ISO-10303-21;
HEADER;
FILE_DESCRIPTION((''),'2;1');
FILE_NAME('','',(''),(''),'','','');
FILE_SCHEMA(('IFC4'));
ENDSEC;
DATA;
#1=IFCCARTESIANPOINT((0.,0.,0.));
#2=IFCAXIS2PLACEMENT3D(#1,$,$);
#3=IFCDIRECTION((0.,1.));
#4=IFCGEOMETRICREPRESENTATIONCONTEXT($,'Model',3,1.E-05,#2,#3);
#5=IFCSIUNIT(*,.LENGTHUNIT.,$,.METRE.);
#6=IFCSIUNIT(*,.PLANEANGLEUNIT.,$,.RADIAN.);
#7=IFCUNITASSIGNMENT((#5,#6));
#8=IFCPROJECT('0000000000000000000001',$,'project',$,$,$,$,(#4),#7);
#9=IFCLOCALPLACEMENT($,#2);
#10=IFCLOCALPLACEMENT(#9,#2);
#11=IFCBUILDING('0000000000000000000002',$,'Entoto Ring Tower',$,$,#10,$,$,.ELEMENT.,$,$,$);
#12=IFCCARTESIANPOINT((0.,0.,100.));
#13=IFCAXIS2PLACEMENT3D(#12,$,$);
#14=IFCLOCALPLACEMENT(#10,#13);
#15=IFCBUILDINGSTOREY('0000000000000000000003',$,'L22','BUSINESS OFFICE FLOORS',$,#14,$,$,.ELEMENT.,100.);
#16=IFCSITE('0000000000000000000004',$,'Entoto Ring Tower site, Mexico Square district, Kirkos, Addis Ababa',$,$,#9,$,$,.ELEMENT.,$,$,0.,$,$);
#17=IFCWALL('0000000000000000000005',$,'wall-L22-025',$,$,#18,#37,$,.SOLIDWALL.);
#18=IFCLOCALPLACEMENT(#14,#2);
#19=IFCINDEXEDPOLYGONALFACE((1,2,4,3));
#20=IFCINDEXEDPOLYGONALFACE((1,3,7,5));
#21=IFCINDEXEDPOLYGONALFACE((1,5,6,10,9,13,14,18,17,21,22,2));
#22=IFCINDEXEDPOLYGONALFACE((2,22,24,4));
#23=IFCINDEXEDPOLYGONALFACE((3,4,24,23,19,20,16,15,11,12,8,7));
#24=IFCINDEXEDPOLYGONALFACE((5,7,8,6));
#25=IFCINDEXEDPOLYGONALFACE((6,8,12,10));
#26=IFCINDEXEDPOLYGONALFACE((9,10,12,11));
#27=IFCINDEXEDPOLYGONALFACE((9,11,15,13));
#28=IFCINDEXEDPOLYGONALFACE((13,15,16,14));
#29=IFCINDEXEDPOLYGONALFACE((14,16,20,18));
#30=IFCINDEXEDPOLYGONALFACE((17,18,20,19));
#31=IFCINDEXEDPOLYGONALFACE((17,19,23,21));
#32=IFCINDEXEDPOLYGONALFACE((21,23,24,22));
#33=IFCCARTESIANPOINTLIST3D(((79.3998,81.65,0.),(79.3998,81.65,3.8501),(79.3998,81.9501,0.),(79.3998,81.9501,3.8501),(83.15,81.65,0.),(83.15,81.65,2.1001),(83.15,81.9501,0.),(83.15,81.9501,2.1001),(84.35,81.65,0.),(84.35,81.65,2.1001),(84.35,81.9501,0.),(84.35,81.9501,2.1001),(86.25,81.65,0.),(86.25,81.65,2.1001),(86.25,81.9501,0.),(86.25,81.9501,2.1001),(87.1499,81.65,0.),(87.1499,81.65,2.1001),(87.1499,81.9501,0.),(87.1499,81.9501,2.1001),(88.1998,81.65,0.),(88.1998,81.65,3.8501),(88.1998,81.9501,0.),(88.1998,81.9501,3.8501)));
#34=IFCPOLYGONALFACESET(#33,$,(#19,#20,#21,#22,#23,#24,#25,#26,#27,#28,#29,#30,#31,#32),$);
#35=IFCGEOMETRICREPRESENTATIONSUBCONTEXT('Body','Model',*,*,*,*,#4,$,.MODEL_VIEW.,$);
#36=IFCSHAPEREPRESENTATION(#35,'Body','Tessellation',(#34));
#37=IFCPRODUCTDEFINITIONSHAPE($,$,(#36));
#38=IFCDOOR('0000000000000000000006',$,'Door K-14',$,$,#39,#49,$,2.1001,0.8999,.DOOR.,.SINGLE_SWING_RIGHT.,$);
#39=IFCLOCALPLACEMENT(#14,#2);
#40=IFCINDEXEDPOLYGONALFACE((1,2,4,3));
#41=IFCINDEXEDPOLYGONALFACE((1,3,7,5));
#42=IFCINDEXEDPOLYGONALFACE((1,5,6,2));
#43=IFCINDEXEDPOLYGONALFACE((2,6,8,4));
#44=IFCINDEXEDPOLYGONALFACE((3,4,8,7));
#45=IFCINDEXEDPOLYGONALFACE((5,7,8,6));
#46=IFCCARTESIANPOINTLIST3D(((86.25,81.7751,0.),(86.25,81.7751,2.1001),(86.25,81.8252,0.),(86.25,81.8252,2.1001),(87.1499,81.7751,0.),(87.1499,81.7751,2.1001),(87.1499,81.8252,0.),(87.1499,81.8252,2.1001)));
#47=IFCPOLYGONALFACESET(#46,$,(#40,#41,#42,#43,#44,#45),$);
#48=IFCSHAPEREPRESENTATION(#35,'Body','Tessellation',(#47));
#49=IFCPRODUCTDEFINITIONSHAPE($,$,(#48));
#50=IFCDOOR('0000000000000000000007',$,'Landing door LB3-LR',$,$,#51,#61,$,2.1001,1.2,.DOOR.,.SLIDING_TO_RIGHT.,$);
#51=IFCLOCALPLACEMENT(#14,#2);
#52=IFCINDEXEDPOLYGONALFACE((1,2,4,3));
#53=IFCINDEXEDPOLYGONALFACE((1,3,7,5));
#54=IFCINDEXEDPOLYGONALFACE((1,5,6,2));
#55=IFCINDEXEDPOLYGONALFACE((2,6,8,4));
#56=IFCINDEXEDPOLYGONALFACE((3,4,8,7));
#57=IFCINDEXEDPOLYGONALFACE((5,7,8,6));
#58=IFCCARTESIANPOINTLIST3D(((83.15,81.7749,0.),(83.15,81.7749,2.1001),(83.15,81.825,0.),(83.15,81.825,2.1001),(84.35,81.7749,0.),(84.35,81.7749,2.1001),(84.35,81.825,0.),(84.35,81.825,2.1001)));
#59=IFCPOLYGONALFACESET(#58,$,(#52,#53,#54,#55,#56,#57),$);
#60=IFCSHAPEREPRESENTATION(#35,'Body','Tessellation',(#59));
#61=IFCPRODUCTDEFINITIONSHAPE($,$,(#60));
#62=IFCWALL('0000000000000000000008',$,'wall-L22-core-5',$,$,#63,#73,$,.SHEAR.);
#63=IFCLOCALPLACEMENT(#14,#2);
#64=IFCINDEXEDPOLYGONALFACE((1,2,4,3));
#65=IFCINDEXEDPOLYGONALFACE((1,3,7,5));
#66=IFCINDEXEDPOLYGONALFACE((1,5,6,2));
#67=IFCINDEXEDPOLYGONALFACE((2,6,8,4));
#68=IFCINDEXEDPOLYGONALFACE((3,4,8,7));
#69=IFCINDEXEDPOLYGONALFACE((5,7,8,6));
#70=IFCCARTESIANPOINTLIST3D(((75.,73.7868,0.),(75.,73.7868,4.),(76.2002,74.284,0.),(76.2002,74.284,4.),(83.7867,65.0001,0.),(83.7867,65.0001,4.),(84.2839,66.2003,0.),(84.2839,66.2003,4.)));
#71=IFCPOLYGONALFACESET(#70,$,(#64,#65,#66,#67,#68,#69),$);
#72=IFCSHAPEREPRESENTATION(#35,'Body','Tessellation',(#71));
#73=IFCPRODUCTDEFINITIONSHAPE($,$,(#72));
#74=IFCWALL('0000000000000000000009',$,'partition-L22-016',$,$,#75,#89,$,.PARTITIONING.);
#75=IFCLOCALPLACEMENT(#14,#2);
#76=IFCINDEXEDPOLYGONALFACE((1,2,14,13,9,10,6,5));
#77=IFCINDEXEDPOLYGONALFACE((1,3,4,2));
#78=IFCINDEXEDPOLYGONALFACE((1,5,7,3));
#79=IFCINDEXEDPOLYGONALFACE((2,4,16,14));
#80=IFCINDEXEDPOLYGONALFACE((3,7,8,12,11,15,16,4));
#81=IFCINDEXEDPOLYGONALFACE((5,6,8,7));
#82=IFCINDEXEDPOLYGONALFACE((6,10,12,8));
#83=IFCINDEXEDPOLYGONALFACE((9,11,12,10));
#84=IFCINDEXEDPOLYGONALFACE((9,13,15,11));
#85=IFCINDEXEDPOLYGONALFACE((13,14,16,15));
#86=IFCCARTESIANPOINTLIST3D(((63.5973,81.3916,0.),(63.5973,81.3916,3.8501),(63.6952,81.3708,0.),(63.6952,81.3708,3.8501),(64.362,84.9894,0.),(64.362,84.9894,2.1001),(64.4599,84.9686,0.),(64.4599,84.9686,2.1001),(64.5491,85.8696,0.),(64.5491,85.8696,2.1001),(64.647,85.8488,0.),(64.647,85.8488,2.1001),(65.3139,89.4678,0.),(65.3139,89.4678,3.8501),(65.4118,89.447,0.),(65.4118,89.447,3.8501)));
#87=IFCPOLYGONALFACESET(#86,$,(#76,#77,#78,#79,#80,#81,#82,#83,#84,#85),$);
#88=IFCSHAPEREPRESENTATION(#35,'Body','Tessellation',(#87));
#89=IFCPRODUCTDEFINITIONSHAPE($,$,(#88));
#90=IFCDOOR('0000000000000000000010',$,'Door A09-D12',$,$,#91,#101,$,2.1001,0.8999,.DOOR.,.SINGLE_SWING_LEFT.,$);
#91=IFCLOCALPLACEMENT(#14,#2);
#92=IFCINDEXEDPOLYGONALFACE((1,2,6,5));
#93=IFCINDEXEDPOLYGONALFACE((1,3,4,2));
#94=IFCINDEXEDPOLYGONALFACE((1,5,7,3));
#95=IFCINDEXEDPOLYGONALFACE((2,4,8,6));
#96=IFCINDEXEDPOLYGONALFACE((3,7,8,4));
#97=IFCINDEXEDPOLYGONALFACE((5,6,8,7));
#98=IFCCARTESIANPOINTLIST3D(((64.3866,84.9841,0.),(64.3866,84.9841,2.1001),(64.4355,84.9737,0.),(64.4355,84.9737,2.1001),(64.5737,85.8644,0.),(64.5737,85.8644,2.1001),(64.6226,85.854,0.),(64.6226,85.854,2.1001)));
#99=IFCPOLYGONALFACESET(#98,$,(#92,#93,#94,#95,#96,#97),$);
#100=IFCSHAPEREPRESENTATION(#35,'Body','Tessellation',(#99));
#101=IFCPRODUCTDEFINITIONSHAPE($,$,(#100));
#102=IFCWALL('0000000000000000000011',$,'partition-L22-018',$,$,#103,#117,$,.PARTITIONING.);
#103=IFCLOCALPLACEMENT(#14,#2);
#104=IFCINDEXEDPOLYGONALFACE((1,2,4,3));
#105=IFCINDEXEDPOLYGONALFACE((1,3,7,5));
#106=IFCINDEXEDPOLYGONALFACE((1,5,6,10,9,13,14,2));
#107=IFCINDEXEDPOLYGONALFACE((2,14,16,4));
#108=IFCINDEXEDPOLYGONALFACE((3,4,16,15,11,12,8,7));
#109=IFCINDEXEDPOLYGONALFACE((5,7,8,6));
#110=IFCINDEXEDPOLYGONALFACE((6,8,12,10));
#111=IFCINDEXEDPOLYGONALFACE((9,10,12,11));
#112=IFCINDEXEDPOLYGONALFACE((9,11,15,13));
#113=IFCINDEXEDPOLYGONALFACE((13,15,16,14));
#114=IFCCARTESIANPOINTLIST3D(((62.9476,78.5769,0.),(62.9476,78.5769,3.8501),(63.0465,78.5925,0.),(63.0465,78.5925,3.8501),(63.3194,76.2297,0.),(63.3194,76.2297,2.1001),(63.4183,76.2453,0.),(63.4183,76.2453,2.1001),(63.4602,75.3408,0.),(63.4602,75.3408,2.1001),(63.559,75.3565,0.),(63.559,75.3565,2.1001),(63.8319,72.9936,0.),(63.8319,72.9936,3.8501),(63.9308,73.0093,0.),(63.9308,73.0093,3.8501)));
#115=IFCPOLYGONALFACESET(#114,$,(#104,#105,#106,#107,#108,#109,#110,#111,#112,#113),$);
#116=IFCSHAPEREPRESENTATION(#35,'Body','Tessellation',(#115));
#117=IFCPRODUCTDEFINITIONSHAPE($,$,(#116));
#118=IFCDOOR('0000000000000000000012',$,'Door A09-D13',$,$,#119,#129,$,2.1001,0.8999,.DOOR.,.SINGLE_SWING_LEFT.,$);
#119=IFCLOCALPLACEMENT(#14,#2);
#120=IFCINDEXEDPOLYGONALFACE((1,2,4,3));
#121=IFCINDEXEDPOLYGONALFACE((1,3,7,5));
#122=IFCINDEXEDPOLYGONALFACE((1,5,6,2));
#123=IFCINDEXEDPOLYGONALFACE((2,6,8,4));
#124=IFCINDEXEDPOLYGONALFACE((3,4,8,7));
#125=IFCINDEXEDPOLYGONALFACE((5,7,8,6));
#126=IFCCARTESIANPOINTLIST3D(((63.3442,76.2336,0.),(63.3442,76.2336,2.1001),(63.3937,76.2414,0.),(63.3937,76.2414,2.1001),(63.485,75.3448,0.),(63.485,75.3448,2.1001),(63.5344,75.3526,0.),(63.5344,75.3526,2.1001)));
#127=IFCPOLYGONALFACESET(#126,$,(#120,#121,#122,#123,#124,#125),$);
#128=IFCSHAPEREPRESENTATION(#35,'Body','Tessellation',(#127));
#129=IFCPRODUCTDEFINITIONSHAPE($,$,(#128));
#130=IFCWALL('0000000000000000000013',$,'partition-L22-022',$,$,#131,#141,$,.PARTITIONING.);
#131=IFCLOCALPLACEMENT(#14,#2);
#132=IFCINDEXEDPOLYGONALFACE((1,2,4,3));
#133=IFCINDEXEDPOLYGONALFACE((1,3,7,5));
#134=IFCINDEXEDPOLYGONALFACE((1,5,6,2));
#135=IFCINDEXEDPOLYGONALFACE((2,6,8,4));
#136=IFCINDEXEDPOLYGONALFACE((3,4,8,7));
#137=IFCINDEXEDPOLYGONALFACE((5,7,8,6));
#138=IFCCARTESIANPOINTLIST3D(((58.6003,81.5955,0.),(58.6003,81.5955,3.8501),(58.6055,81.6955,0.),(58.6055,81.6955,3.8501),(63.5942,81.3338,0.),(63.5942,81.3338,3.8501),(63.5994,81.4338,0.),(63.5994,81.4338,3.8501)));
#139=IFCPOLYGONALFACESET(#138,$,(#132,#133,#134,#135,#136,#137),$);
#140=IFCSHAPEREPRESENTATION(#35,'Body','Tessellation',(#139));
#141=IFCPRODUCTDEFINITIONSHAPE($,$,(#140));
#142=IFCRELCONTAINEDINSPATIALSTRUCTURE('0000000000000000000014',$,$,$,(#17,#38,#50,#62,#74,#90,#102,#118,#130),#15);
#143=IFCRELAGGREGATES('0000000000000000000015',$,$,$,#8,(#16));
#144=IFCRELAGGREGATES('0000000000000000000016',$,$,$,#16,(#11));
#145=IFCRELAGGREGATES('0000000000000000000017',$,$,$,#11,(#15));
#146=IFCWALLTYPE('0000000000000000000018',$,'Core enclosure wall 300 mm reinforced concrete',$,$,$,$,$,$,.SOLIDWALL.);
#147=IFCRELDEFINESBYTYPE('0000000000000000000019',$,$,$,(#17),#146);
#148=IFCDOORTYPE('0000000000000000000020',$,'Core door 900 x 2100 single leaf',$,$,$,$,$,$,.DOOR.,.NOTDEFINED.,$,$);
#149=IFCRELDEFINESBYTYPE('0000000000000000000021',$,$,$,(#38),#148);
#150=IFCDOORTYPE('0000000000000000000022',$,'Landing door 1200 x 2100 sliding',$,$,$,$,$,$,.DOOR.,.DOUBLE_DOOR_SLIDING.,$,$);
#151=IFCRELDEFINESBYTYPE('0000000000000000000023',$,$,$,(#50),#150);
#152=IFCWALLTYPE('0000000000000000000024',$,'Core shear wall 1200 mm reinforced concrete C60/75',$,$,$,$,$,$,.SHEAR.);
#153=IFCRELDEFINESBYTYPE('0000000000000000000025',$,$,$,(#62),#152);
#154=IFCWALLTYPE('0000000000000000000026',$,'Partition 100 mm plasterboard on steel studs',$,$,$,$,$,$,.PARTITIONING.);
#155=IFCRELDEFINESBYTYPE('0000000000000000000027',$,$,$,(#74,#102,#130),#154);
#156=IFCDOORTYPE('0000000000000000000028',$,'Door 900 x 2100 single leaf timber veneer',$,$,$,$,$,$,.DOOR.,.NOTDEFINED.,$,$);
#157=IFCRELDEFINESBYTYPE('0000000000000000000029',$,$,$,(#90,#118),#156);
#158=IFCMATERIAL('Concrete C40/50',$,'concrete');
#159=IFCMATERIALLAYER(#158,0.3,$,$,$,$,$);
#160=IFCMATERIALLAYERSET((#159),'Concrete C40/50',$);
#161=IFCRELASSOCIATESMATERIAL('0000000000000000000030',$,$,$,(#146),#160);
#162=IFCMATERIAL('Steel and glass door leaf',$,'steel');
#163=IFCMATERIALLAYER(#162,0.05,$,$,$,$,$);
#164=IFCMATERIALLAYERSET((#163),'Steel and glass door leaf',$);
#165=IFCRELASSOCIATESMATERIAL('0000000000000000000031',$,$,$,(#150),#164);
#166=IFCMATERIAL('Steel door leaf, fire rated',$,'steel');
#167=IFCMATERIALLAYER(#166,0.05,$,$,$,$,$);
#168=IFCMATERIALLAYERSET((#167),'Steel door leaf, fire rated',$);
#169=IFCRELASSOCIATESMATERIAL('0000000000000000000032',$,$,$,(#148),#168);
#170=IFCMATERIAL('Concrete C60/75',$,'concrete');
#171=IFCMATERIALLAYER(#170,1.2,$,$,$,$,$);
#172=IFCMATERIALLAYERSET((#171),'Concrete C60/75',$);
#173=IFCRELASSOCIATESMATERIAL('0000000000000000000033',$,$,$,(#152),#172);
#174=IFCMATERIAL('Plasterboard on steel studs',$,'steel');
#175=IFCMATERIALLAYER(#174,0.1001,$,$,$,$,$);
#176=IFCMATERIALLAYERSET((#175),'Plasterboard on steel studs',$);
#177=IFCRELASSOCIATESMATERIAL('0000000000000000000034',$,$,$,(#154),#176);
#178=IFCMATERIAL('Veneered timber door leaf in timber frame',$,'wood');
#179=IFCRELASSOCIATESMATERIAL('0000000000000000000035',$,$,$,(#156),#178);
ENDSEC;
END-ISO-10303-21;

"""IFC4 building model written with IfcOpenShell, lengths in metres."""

from ifc_helpers import new_model, si_unit, direction, frame, frame_2d, origin, place, context, subcontext, project, spatial, polyline, rectangle, outline, extrude, material, layer, layer_set, type_object, element, fill, save


model = new_model("IFC4")

# Units and contexts
model_context = context("Model", 3, precision=1e-05, world=origin(), true_north=direction((0.0, 1.0)))
body_context = subcontext(model_context, "Body", "Model", "MODEL_VIEW")
ifc_project = project(units=[si_unit("LENGTHUNIT", "METRE"), si_unit("PLANEANGLEUNIT", "RADIAN")], contexts=[model_context])

# Site, building, storey
site_placement = place(None, origin())
site = spatial("IfcSite", under=ifc_project, at=site_placement, Name="Entoto Ring Tower site, Mexico Square district, Kirkos, Addis Ababa", CompositionType="ELEMENT", RefElevation=0.0)
building_placement = place(site_placement, origin())
building = spatial("IfcBuilding", under=site, at=building_placement, Name="Entoto Ring Tower", CompositionType="ELEMENT")
storey_placement = place(building_placement, frame((0.0, 0.0, 100.0)))
storey = spatial("IfcBuildingStorey", under=building, at=storey_placement, Name="L22", Description="BUSINESS OFFICE FLOORS", CompositionType="ELEMENT", Elevation=100.0)

# Shared definitions
ifc_material_1 = material(Name="Concrete C40/50", Category="concrete")
ifc_layer_1 = layer(ifc_material_1, 0.3)
ifc_layer_set_1 = layer_set([ifc_layer_1], Name="Concrete C40/50")
wall_type_1 = type_object("IfcWallType", Name="Core enclosure wall 300 mm reinforced concrete", PredefinedType="SOLIDWALL", material=ifc_layer_set_1)

# Shared definitions
ifc_material_2 = material(Name="Steel and glass door leaf", Category="steel")
ifc_layer_2 = layer(ifc_material_2, 0.05)
ifc_layer_set_2 = layer_set([ifc_layer_2], Name="Steel and glass door leaf")
door_type_1 = type_object("IfcDoorType", Name="Landing door 1200 x 2100 sliding", OperationType="DOUBLE_DOOR_SLIDING", PredefinedType="DOOR", material=ifc_layer_set_2)

# Wall, openings, doors
wall_1_placement = place(storey_placement, frame((79.3999, 81.8, 0.0), z_axis=(0.0, 0.0, 1.0), x_axis=(1.0, 0.0, 0.0)))
wall_1 = element("IfcWall", 1, at=wall_1_placement, inside=storey, type_object=wall_type_1, Name="wall-L22-025", PredefinedType="SOLIDWALL", context=body_context, shape_type="SweptSolid", body=[
    extrude(rectangle(XDim=8.8, YDim=0.3, at=frame_2d((4.3999, 0.0))), origin(), (0.0, 0.0, 1.0), 3.8501),
])
opening_1_placement = place(wall_1_placement, frame((3.75, 0.0, 0.0)))
opening_1 = element("IfcOpeningElement", 2, at=opening_1_placement, cuts=wall_1, PredefinedType="OPENING", context=body_context, shape_type="SweptSolid", body=[
    extrude(rectangle(XDim=1.2, YDim=2.1001, at=frame_2d((0.6001, 1.05))), frame((0.0, 0.1602, 0.0), z_axis=(0.0, -1.0, 0.0), x_axis=(1.0, 0.0, 0.0)), (0.0, 0.0, 1.0), 0.3201),
])
opening_2_placement = place(wall_1_placement, frame((6.8501, 0.0, 0.0)))
opening_2 = element("IfcOpeningElement", 3, at=opening_2_placement, cuts=wall_1, PredefinedType="OPENING", context=body_context, shape_type="SweptSolid", body=[
    extrude(rectangle(XDim=0.8999, YDim=2.1001, at=frame_2d((0.45, 1.05))), frame((0.0, 0.1602, 0.0), z_axis=(0.0, -1.0, 0.0), x_axis=(1.0, 0.0, 0.0)), (0.0, 0.0, 1.0), 0.3201),
])
ifc_material_3 = material(Name="Steel door leaf, fire rated", Category="steel")
ifc_layer_3 = layer(ifc_material_3, 0.05)
ifc_layer_set_3 = layer_set([ifc_layer_3], Name="Steel door leaf, fire rated")
door_type_2 = type_object("IfcDoorType", Name="Core door 900 x 2100 single leaf", OperationType="NOTDEFINED", PredefinedType="DOOR", material=ifc_layer_set_3)
door_1_placement = place(opening_2_placement, frame((0.8999, 0.0, 0.0), z_axis=(0.0, 0.0, 1.0), x_axis=(-1.0, 0.0, 0.0)))
door_1 = element("IfcDoor", 4, at=door_1_placement, inside=storey, type_object=door_type_2, Name="Door K-14", OperationType="SINGLE_SWING_RIGHT", OverallHeight=2.1001, OverallWidth=0.8999, PredefinedType="DOOR", context=body_context, shape_type="SweptSolid", body=[
    extrude(rectangle(XDim=0.8999, YDim=2.1001, at=frame_2d((0.45, 1.05))), frame((0.0, 0.0249, 0.0), z_axis=(0.0, -1.0, 0.0), x_axis=(1.0, 0.0, 0.0)), (0.0, 0.0, 1.0), 0.05),
])
fill(opening_2, door_1)
door_2_placement = place(opening_1_placement, origin())
door_2 = element("IfcDoor", 5, at=door_2_placement, inside=storey, type_object=door_type_1, Name="Landing door LB3-LR", OperationType="SLIDING_TO_RIGHT", OverallHeight=2.1001, OverallWidth=1.2, PredefinedType="DOOR", context=body_context, shape_type="SweptSolid", body=[
    extrude(rectangle(XDim=1.2, YDim=2.1001, at=frame_2d((0.6001, 1.05))), frame((0.0, 0.0249, 0.0), z_axis=(0.0, -1.0, 0.0), x_axis=(1.0, 0.0, 0.0)), (0.0, 0.0, 1.0), 0.05),
])
fill(opening_1, door_2)

# Wall
ifc_material_4 = material(Name="Concrete C60/75", Category="concrete")
ifc_layer_4 = layer(ifc_material_4, 1.2)
ifc_layer_set_4 = layer_set([ifc_layer_4], Name="Concrete C60/75")
wall_type_2 = type_object("IfcWallType", Name="Core shear wall 1200 mm reinforced concrete C60/75", PredefinedType="SHEAR", material=ifc_layer_set_4)
wall_2_placement = place(storey_placement, frame((75.6001, 74.0354, 0.0), z_axis=(0.0, 0.0, 1.0), x_axis=(0.707107, -0.707107, 0.0)))
element("IfcWall", 6, at=wall_2_placement, inside=storey, type_object=wall_type_2, Name="wall-L22-core-5", PredefinedType="SHEAR", context=body_context, shape_type="SweptSolid", body=[
    extrude(outline(polyline([(-0.2485, -0.6001), (12.1777, -0.6001), (11.6807, 0.6001), (0.2485, 0.6001), (-0.2485, -0.6001)])), origin(), (0.0, 0.0, 1.0), 4.0),
])

# Walls, openings, doors
ifc_material_5 = material(Name="Plasterboard on steel studs", Category="steel")
ifc_layer_5 = layer(ifc_material_5, 0.1001)
ifc_layer_set_5 = layer_set([ifc_layer_5], Name="Plasterboard on steel studs")
wall_type_3 = type_object("IfcWallType", Name="Partition 100 mm plasterboard on steel studs", PredefinedType="PARTITIONING", material=ifc_layer_set_5)
wall_3_placement = place(storey_placement, frame((63.6462, 81.3811, 0.0), z_axis=(0.0, 0.0, 1.0), x_axis=(0.207901, 0.97815, 0.0)))
wall_3 = element("IfcWall", 7, at=wall_3_placement, inside=storey, type_object=wall_type_3, Name="partition-L22-016", PredefinedType="PARTITIONING", context=body_context, shape_type="SweptSolid", body=[
    extrude(rectangle(XDim=8.2566, YDim=0.1001, at=frame_2d((4.1284, 0.0))), origin(), (0.0, 0.0, 1.0), 3.8501),
])
opening_3_placement = place(wall_3_placement, frame((3.6782, 0.0, 0.0)))
opening_3 = element("IfcOpeningElement", 8, at=opening_3_placement, cuts=wall_3, PredefinedType="OPENING", context=body_context, shape_type="SweptSolid", body=[
    extrude(rectangle(XDim=0.8999, YDim=2.1001, at=frame_2d((0.45, 1.05))), frame((0.0, 0.0601, 0.0), z_axis=(0.0, -1.0, 0.0), x_axis=(1.0, 0.0, 0.0)), (0.0, 0.0, 1.0), 0.1201),
])
ifc_material_6 = material(Name="Veneered timber door leaf in timber frame", Category="wood")
door_type_3 = type_object("IfcDoorType", Name="Door 900 x 2100 single leaf timber veneer", OperationType="NOTDEFINED", PredefinedType="DOOR", material=ifc_material_6)
door_3_placement = place(opening_3_placement, origin())
door_3 = element("IfcDoor", 9, at=door_3_placement, inside=storey, type_object=door_type_3, Name="Door A09-D12", OperationType="SINGLE_SWING_LEFT", OverallHeight=2.1001, OverallWidth=0.8999, PredefinedType="DOOR", context=body_context, shape_type="SweptSolid", body=[
    extrude(rectangle(XDim=0.8999, YDim=2.1001, at=frame_2d((0.45, 1.05))), frame((0.0, 0.0249, 0.0), z_axis=(0.0, -1.0, 0.0), x_axis=(1.0, 0.0, 0.0)), (0.0, 0.0, 1.0), 0.05),
])
fill(opening_3, door_3)
wall_4_placement = place(storey_placement, frame((63.8813, 73.0015, 0.0), z_axis=(0.0, 0.0, 1.0), x_axis=(-0.156431, 0.987689, 0.0)))
wall_4 = element("IfcWall", 10, at=wall_4_placement, inside=storey, type_object=wall_type_3, Name="partition-L22-018", PredefinedType="PARTITIONING", context=body_context, shape_type="SweptSolid", body=[
    extrude(rectangle(XDim=5.6528, YDim=0.1001, at=frame_2d((2.8264, 0.0))), origin(), (0.0, 0.0, 1.0), 3.8501),
])
opening_4_placement = place(wall_4_placement, frame((2.3765, 0.0, 0.0)))
opening_4 = element("IfcOpeningElement", 11, at=opening_4_placement, cuts=wall_4, PredefinedType="OPENING", context=body_context, shape_type="SweptSolid", body=[
    extrude(rectangle(XDim=0.8999, YDim=2.1001, at=frame_2d((0.45, 1.05))), frame((0.0, 0.0601, 0.0), z_axis=(0.0, -1.0, 0.0), x_axis=(1.0, 0.0, 0.0)), (0.0, 0.0, 1.0), 0.1201),
])
door_4_placement = place(opening_4_placement, origin())
door_4 = element("IfcDoor", 12, at=door_4_placement, inside=storey, type_object=door_type_3, Name="Door A09-D13", OperationType="SINGLE_SWING_LEFT", OverallHeight=2.1001, OverallWidth=0.8999, PredefinedType="DOOR", context=body_context, shape_type="SweptSolid", body=[
    extrude(rectangle(XDim=0.8999, YDim=2.1001, at=frame_2d((0.45, 1.05))), frame((0.0, 0.0249, 0.0), z_axis=(0.0, -1.0, 0.0), x_axis=(1.0, 0.0, 0.0)), (0.0, 0.0, 1.0), 0.05),
])
fill(opening_4, door_4)

# Wall
wall_5_placement = place(storey_placement, frame((63.5969, 81.3838, 0.0), z_axis=(0.0, 0.0, 1.0), x_axis=(-0.99863, 0.052336, 0.0)))
element("IfcWall", 13, at=wall_5_placement, inside=storey, type_object=wall_type_3, Name="partition-L22-022", PredefinedType="PARTITIONING", context=body_context, shape_type="SweptSolid", body=[
    extrude(rectangle(XDim=5.0007, YDim=0.1001, at=frame_2d((2.5005, 0.0))), origin(), (0.0, 0.0, 1.0), 3.8501),
])

save(model, "model.ifc")
